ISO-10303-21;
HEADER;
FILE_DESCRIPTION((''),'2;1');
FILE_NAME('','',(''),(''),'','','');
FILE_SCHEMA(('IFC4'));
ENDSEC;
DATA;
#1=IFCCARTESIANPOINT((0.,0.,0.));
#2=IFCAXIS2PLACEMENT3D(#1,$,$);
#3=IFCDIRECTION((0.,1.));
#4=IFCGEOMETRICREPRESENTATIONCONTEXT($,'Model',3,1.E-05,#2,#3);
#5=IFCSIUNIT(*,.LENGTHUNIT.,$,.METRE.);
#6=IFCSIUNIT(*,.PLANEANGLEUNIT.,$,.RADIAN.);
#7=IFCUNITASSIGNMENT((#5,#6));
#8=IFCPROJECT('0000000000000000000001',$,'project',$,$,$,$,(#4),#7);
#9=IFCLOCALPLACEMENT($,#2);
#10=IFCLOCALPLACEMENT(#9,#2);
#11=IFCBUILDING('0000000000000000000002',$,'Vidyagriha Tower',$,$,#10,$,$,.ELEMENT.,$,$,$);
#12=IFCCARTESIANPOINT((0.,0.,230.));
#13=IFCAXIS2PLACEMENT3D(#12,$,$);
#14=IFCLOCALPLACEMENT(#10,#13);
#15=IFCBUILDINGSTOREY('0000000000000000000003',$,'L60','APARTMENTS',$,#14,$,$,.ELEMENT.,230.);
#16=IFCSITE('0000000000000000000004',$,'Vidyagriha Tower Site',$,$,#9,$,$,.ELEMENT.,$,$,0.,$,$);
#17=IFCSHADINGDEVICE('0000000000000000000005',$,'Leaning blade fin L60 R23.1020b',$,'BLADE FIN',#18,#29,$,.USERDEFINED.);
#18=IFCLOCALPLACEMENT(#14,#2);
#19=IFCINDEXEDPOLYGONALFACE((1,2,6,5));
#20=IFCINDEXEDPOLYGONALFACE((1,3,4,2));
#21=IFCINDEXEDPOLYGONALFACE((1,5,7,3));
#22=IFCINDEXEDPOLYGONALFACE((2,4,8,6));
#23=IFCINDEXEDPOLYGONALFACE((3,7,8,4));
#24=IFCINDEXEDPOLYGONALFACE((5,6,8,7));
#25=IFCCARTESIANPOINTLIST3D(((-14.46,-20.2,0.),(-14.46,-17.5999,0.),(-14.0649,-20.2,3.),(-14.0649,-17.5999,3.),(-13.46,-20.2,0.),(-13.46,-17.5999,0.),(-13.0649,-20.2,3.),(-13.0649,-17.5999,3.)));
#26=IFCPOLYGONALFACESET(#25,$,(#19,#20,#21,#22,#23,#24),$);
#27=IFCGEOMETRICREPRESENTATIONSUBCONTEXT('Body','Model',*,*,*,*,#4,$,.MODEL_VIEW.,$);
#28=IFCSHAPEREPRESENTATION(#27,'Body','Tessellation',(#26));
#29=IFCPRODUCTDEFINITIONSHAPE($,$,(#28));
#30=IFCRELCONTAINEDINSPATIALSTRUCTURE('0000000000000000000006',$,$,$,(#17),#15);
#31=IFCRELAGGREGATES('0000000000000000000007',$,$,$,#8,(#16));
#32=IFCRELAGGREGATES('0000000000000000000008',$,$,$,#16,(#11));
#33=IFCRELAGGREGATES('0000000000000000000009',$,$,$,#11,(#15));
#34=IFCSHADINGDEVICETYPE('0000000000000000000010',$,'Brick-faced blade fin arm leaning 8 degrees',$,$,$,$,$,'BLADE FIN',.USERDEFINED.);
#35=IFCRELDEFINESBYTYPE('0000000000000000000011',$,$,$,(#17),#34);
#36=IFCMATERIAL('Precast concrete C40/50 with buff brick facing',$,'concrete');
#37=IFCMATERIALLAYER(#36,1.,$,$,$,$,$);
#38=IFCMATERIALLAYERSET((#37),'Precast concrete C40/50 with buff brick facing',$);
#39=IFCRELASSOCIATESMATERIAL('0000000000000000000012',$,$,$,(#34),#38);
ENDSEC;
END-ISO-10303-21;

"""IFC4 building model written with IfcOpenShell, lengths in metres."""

from ifc_helpers import new_model, si_unit, direction, frame, origin, place, context, subcontext, project, spatial, polyline, outline, extrude, material, layer, layer_set, type_object, element, save


model = new_model("IFC4")

# Units and contexts
model_context = context("Model", 3, precision=1e-05, world=origin(), true_north=direction((0.0, 1.0)))
body_context = subcontext(model_context, "Body", "Model", "MODEL_VIEW")
ifc_project = project(units=[si_unit("LENGTHUNIT", "METRE"), si_unit("PLANEANGLEUNIT", "RADIAN")], contexts=[model_context])

# Site, building, storey
site_placement = place(None, origin())
site = spatial("IfcSite", under=ifc_project, at=site_placement, Name="Vidyagriha Tower Site", CompositionType="ELEMENT", RefElevation=0.0)
building_placement = place(site_placement, origin())
building = spatial("IfcBuilding", under=site, at=building_placement, Name="Vidyagriha Tower", CompositionType="ELEMENT")
storey_placement = place(building_placement, frame((0.0, 0.0, 230.0)))
storey = spatial("IfcBuildingStorey", under=building, at=storey_placement, Name="L60", Description="APARTMENTS", CompositionType="ELEMENT", Elevation=230.0)

# Shading device
ifc_material_1 = material(Name="Precast concrete C40/50 with buff brick facing", Category="concrete")
ifc_layer_1 = layer(ifc_material_1, 1.0)
ifc_layer_set_1 = layer_set([ifc_layer_1], Name="Precast concrete C40/50 with buff brick facing")
shading_device_type = type_object("IfcShadingDeviceType", Name="Brick-faced blade fin arm leaning 8 degrees", ElementType="BLADE FIN", PredefinedType="USERDEFINED", material=ifc_layer_set_1)
shading_device_1_placement = place(storey_placement, frame((-14.46, -18.8999, 0.0)))
element("IfcShadingDevice", 1, at=shading_device_1_placement, inside=storey, type_object=shading_device_type, Name="Leaning blade fin L60 R23.1020b", ObjectType="BLADE FIN", PredefinedType="USERDEFINED", context=body_context, shape_type="SweptSolid", body=[
    extrude(outline(polyline([(0.0, 0.0), (1.0, 0.0), (1.395, 3.0), (0.395, 3.0), (0.0, 0.0)])), frame((0.0, 1.3, 0.0), z_axis=(0.0, -1.0, 0.0), x_axis=(1.0, 0.0, 0.0)), (0.0, 0.0, 1.0), 2.6001),
])

save(model, "model.ifc")
